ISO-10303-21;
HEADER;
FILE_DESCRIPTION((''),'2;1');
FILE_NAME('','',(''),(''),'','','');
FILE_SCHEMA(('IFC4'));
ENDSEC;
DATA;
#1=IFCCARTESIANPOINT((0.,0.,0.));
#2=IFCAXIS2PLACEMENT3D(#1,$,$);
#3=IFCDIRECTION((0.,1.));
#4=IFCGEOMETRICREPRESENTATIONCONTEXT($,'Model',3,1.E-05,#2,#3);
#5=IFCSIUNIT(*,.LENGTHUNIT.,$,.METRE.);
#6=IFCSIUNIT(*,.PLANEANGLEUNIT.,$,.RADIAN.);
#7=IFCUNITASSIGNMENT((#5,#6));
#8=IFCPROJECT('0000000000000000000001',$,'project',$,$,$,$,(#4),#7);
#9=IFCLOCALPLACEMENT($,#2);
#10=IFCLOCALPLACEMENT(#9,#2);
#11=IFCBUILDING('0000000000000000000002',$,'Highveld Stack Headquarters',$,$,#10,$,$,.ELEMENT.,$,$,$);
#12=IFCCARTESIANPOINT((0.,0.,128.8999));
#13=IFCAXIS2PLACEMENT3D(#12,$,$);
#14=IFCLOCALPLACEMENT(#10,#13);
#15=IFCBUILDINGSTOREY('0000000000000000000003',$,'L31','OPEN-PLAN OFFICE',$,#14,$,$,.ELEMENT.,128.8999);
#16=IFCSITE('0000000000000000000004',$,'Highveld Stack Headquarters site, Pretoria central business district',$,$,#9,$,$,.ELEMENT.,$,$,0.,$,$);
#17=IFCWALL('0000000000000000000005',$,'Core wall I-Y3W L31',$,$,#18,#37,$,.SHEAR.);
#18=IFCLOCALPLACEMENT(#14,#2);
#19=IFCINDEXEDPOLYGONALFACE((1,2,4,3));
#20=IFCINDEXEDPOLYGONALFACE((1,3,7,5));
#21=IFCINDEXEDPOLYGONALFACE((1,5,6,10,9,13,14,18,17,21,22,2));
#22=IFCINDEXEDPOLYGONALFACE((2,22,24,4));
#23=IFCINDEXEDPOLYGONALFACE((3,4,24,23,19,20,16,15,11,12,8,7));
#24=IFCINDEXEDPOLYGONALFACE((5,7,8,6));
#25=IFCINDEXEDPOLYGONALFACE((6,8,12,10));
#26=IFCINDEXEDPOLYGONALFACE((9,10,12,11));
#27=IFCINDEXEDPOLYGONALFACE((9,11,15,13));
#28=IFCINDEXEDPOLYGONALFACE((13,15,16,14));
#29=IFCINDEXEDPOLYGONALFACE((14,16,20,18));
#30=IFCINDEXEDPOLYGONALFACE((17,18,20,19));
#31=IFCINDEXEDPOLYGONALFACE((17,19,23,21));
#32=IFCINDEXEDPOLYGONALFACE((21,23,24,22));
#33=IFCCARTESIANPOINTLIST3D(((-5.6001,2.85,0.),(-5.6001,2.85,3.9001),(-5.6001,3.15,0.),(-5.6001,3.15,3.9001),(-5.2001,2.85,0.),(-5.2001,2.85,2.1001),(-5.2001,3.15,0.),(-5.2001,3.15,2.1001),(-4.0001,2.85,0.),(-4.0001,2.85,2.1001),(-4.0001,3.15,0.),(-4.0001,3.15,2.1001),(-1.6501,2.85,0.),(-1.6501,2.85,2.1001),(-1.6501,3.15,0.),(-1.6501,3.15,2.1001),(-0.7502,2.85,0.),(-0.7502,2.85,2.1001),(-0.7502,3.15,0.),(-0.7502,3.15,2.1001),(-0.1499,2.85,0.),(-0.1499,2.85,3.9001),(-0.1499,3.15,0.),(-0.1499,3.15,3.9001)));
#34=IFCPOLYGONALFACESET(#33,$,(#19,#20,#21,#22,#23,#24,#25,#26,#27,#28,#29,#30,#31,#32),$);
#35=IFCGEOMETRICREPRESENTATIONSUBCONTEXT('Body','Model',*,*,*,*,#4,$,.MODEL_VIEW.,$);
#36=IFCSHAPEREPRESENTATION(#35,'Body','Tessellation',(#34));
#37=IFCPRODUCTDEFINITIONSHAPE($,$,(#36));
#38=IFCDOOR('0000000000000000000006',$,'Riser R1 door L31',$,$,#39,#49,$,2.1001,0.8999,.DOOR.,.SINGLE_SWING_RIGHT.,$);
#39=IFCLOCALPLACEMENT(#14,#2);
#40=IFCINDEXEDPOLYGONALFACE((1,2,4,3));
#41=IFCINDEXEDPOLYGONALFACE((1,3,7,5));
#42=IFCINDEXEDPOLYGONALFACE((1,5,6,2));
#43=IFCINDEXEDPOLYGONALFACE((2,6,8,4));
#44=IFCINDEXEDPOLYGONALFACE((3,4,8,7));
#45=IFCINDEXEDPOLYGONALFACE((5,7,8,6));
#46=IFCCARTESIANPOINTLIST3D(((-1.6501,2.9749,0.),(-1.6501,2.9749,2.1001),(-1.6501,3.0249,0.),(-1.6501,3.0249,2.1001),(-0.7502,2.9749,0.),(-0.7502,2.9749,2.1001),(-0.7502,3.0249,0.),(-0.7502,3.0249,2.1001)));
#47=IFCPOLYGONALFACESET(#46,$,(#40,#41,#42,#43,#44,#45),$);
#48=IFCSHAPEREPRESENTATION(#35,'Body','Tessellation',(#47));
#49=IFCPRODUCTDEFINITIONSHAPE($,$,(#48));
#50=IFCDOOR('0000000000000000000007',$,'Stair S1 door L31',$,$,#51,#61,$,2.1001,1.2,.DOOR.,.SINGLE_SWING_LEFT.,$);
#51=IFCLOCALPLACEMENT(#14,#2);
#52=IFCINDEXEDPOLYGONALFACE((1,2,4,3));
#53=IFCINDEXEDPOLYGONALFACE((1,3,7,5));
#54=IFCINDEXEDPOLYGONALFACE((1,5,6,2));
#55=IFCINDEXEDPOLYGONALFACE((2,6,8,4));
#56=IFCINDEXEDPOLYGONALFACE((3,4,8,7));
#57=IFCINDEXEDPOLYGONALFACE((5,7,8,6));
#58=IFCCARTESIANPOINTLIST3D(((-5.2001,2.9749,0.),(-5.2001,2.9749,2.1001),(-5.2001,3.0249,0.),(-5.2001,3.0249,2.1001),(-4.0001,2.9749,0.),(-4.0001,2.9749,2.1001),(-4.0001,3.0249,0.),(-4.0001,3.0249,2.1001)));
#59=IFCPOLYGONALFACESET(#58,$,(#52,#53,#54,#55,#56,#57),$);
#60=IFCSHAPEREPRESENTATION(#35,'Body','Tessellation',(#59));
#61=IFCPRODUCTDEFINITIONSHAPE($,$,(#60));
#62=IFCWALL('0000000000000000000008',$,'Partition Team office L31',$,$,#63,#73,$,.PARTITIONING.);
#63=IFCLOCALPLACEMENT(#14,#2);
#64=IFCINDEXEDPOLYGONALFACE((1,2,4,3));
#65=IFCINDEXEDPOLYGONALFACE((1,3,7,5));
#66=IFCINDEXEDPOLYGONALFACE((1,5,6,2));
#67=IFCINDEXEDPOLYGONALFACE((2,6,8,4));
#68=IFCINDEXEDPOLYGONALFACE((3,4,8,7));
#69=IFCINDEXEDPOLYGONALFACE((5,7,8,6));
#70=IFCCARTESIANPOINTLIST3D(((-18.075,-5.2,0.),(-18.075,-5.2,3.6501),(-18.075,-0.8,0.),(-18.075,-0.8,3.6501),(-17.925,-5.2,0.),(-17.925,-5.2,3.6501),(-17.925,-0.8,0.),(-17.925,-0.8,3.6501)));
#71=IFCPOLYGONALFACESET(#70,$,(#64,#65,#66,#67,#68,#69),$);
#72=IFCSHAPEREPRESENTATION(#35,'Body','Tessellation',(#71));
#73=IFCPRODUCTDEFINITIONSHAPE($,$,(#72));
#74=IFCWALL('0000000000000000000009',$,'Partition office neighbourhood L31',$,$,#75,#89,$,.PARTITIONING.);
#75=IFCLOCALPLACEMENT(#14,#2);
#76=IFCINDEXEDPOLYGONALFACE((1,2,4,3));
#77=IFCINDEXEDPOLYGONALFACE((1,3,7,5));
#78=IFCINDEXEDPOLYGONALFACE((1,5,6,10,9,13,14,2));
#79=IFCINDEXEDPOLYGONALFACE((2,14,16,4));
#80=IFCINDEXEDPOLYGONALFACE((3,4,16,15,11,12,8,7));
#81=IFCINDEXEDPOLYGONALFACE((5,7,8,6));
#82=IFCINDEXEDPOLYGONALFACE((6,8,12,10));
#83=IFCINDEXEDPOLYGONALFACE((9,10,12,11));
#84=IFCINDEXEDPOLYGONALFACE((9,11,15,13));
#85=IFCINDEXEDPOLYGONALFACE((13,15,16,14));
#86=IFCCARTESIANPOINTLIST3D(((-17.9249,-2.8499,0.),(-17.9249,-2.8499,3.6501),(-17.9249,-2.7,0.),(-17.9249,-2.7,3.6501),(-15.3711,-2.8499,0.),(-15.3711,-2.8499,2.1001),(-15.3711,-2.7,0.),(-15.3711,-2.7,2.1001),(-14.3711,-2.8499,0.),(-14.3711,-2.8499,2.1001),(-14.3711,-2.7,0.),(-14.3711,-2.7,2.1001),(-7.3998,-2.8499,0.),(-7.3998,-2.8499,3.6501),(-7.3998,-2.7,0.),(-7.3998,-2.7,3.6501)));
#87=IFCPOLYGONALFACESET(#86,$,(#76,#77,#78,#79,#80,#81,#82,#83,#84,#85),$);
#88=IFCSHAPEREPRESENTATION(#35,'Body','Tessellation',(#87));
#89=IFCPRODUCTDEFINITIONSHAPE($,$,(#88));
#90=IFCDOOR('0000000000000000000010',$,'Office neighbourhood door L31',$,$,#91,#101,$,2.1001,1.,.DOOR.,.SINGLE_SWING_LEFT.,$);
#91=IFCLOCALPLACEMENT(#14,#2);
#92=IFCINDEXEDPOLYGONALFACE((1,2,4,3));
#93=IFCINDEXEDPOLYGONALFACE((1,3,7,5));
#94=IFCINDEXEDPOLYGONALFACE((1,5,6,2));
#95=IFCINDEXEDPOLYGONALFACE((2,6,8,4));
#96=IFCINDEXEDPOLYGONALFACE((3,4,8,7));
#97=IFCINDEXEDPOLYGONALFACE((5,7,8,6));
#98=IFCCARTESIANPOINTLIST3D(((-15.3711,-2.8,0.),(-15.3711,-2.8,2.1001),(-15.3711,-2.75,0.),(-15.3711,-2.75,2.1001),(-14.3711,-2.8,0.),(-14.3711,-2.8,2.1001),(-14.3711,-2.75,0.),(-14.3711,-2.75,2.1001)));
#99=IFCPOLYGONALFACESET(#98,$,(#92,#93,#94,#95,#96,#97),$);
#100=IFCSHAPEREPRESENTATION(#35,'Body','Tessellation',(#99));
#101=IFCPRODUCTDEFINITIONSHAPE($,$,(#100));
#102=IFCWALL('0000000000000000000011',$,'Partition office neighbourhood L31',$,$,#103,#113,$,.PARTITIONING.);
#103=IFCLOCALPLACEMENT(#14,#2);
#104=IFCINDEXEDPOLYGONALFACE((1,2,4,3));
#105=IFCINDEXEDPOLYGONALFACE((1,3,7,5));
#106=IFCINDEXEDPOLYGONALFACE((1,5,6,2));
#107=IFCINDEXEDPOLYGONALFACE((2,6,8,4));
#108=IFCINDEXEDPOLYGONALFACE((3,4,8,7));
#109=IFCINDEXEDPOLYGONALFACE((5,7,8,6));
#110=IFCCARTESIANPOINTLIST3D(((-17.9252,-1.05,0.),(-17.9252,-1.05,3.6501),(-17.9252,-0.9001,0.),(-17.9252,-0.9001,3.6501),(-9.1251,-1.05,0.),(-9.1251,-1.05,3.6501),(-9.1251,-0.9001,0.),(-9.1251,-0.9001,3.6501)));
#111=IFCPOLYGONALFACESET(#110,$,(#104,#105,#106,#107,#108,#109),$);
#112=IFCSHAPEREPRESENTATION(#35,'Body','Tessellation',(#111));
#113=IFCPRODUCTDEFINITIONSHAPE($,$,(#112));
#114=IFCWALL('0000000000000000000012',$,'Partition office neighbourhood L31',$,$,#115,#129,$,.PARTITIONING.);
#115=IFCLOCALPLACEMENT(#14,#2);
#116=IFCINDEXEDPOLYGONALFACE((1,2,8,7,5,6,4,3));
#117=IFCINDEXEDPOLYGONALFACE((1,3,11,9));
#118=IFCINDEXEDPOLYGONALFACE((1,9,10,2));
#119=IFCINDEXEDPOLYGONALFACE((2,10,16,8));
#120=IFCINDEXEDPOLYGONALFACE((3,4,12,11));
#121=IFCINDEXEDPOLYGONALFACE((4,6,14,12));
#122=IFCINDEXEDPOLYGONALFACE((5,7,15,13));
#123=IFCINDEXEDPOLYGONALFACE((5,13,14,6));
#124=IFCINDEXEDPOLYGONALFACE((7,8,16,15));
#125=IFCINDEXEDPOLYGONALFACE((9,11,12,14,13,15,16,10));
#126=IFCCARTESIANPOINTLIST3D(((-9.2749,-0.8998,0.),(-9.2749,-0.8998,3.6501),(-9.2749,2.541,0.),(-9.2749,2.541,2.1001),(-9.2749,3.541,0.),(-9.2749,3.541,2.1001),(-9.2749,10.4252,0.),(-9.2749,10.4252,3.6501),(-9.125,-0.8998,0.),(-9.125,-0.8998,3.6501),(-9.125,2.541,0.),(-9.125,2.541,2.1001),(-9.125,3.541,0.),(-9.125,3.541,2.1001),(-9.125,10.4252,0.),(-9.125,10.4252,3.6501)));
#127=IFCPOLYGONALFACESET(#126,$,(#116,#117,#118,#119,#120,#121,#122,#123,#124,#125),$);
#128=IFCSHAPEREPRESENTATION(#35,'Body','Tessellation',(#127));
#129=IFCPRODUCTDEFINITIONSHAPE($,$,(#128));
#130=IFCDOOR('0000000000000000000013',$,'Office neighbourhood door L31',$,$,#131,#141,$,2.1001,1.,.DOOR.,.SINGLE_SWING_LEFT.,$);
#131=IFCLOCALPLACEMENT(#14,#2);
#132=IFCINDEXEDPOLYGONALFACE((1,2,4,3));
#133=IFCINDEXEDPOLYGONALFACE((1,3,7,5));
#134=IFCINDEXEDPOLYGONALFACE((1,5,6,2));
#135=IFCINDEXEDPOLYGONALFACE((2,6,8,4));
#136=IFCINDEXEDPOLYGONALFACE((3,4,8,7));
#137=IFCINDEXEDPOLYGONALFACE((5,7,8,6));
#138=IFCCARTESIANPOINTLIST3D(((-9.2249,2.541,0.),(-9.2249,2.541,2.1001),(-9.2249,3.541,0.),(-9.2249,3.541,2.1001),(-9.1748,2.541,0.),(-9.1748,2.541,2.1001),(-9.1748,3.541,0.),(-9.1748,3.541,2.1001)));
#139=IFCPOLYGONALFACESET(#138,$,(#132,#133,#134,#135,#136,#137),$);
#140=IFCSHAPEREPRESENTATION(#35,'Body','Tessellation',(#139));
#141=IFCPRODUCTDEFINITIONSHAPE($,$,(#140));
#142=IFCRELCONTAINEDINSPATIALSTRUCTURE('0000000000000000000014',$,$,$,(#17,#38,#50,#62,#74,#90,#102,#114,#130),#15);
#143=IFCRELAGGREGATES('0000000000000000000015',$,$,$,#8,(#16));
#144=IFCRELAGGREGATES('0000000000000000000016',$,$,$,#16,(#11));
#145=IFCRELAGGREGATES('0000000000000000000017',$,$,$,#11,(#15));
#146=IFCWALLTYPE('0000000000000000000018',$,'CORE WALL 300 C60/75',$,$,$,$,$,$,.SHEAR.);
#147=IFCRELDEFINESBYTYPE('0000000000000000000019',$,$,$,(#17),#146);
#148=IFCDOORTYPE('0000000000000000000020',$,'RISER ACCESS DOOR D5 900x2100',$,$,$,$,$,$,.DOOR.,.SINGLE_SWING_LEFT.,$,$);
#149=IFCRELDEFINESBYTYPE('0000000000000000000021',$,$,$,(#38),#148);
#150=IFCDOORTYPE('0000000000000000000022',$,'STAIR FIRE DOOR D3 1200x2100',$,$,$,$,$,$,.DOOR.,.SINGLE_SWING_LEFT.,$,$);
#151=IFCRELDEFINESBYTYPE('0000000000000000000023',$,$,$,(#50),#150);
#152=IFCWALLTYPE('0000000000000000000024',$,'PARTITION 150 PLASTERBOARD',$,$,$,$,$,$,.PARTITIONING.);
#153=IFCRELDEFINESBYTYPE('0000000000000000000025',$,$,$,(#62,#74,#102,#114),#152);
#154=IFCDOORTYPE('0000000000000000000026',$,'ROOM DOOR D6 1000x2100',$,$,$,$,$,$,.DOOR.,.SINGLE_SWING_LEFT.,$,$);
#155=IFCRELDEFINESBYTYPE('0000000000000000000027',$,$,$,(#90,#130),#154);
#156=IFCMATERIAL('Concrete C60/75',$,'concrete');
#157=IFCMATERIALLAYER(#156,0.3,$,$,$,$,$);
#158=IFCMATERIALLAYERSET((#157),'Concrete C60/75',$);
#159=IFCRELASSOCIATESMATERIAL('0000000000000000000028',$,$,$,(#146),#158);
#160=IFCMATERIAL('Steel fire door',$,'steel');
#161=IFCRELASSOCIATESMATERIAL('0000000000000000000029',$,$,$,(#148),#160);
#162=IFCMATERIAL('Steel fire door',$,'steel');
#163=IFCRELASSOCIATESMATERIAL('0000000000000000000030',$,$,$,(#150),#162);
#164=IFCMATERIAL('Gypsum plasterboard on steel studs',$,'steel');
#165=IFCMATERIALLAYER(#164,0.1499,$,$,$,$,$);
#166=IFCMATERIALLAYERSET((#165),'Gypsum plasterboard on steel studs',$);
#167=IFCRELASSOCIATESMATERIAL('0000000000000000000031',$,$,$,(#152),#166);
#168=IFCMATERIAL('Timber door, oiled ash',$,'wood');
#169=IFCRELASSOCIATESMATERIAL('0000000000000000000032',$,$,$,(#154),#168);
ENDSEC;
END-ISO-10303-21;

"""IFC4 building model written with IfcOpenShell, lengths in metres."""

from ifc_helpers import new_model, si_unit, direction, frame, frame_2d, origin, place, context, subcontext, project, spatial, rectangle, extrude, material, layer, layer_set, type_object, element, fill, save


model = new_model("IFC4")

# Units and contexts
model_context = context("Model", 3, precision=1e-05, world=origin(), true_north=direction((0.0, 1.0)))
body_context = subcontext(model_context, "Body", "Model", "MODEL_VIEW")
ifc_project = project(units=[si_unit("LENGTHUNIT", "METRE"), si_unit("PLANEANGLEUNIT", "RADIAN")], contexts=[model_context])

# Site, building, storey
site_placement = place(None, origin())
site = spatial("IfcSite", under=ifc_project, at=site_placement, Name="Highveld Stack Headquarters site, Pretoria central business district", CompositionType="ELEMENT", RefElevation=0.0)
building_placement = place(site_placement, origin())
building = spatial("IfcBuilding", under=site, at=building_placement, Name="Highveld Stack Headquarters", CompositionType="ELEMENT")
storey_placement = place(building_placement, frame((0.0, 0.0, 128.8999)))
storey = spatial("IfcBuildingStorey", under=building, at=storey_placement, Name="L31", Description="OPEN-PLAN OFFICE", CompositionType="ELEMENT", Elevation=128.8999)

# Wall, openings, doors
ifc_material_1 = material(Name="Concrete C60/75", Category="concrete")
ifc_layer_1 = layer(ifc_material_1, 0.3)
ifc_layer_set_1 = layer_set([ifc_layer_1], Name="Concrete C60/75")
wall_type_1 = type_object("IfcWallType", Name="CORE WALL 300 C60/75", PredefinedType="SHEAR", material=ifc_layer_set_1)
wall_1_placement = place(storey_placement, frame((-5.6001, 3.0, 0.0), z_axis=(0.0, 0.0, 1.0), x_axis=(1.0, 0.0, 0.0)))
wall_1 = element("IfcWall", 1, at=wall_1_placement, inside=storey, type_object=wall_type_1, Name="Core wall I-Y3W L31", PredefinedType="SHEAR", context=body_context, shape_type="SweptSolid", body=[
    extrude(rectangle(XDim=5.4502, YDim=0.3, at=frame_2d((2.7251, 0.0))), origin(), (0.0, 0.0, 1.0), 3.9001),
])
opening_1_placement = place(wall_1_placement, frame((0.3999, 0.0, 0.0)))
opening_1 = element("IfcOpeningElement", 2, at=opening_1_placement, cuts=wall_1, PredefinedType="OPENING", context=body_context, shape_type="SweptSolid", body=[
    extrude(rectangle(XDim=1.2, YDim=2.1001, at=frame_2d((0.6001, 1.05))), frame((0.0, 0.1599, 0.0), z_axis=(0.0, -1.0, 0.0), x_axis=(1.0, 0.0, 0.0)), (0.0, 0.0, 1.0), 0.3201),
])
opening_2_placement = place(wall_1_placement, frame((3.95, 0.0, 0.0)))
opening_2 = element("IfcOpeningElement", 3, at=opening_2_placement, cuts=wall_1, PredefinedType="OPENING", context=body_context, shape_type="SweptSolid", body=[
    extrude(rectangle(XDim=0.8999, YDim=2.1001, at=frame_2d((0.45, 1.05))), frame((0.0, 0.1599, 0.0), z_axis=(0.0, -1.0, 0.0), x_axis=(1.0, 0.0, 0.0)), (0.0, 0.0, 1.0), 0.3201),
])
ifc_material_2 = material(Name="Steel fire door", Category="steel")
door_type_1 = type_object("IfcDoorType", Name="RISER ACCESS DOOR D5 900x2100", OperationType="SINGLE_SWING_LEFT", PredefinedType="DOOR", material=ifc_material_2)
door_1_placement = place(opening_2_placement, origin())
door_1 = element("IfcDoor", 4, at=door_1_placement, inside=storey, type_object=door_type_1, Name="Riser R1 door L31", OperationType="SINGLE_SWING_RIGHT", OverallHeight=2.1001, OverallWidth=0.8999, PredefinedType="DOOR", context=body_context, shape_type="SweptSolid", body=[
    extrude(rectangle(XDim=0.8999, YDim=2.1001, at=frame_2d((0.45, 1.05))), frame((0.0, 0.0249, 0.0), z_axis=(0.0, -1.0, 0.0), x_axis=(1.0, 0.0, 0.0)), (0.0, 0.0, 1.0), 0.05),
])
fill(opening_2, door_1)
ifc_material_3 = material(Name="Steel fire door", Category="steel")
door_type_2 = type_object("IfcDoorType", Name="STAIR FIRE DOOR D3 1200x2100", OperationType="SINGLE_SWING_LEFT", PredefinedType="DOOR", material=ifc_material_3)
door_2_placement = place(opening_1_placement, origin())
door_2 = element("IfcDoor", 5, at=door_2_placement, inside=storey, type_object=door_type_2, Name="Stair S1 door L31", OperationType="SINGLE_SWING_LEFT", OverallHeight=2.1001, OverallWidth=1.2, PredefinedType="DOOR", context=body_context, shape_type="SweptSolid", body=[
    extrude(rectangle(XDim=1.2, YDim=2.1001, at=frame_2d((0.6001, 1.05))), frame((0.0, 0.0249, 0.0), z_axis=(0.0, -1.0, 0.0), x_axis=(1.0, 0.0, 0.0)), (0.0, 0.0, 1.0), 0.05),
])
fill(opening_1, door_2)

# Wall
ifc_material_4 = material(Name="Gypsum plasterboard on steel studs", Category="steel")
ifc_layer_2 = layer(ifc_material_4, 0.1499)
ifc_layer_set_2 = layer_set([ifc_layer_2], Name="Gypsum plasterboard on steel studs")
wall_type_2 = type_object("IfcWallType", Name="PARTITION 150 PLASTERBOARD", PredefinedType="PARTITIONING", material=ifc_layer_set_2)
wall_2_placement = place(storey_placement, frame((-18.0, -5.2, 0.0), z_axis=(0.0, 0.0, 1.0), x_axis=(0.0, 1.0, 0.0)))
element("IfcWall", 6, at=wall_2_placement, inside=storey, type_object=wall_type_2, Name="Partition Team office L31", PredefinedType="PARTITIONING", context=body_context, shape_type="SweptSolid", body=[
    extrude(rectangle(XDim=4.3999, YDim=0.1499, at=frame_2d((2.2, 0.0))), origin(), (0.0, 0.0, 1.0), 3.6501),
])

# Wall, opening, door
wall_3_placement = place(storey_placement, frame((-17.925, -2.7749, 0.0), z_axis=(0.0, 0.0, 1.0), x_axis=(1.0, 0.0, 0.0)))
wall_3 = element("IfcWall", 7, at=wall_3_placement, inside=storey, type_object=wall_type_2, Name="Partition office neighbourhood L31", PredefinedType="PARTITIONING", context=body_context, shape_type="SweptSolid", body=[
    extrude(rectangle(XDim=10.5251, YDim=0.1499, at=frame_2d((5.2627, 0.0))), origin(), (0.0, 0.0, 1.0), 3.6501),
])
opening_3_placement = place(wall_3_placement, frame((2.554, 0.0, 0.0)))
opening_3 = element("IfcOpeningElement", 8, at=opening_3_placement, cuts=wall_3, PredefinedType="OPENING", context=body_context, shape_type="SweptSolid", body=[
    extrude(rectangle(XDim=1.0, YDim=2.1001, at=frame_2d((0.5, 1.05))), frame((0.0, 0.085, 0.0), z_axis=(0.0, -1.0, 0.0), x_axis=(1.0, 0.0, 0.0)), (0.0, 0.0, 1.0), 0.1699),
])
ifc_material_5 = material(Name="Timber door, oiled ash", Category="wood")
door_type_3 = type_object("IfcDoorType", Name="ROOM DOOR D6 1000x2100", OperationType="SINGLE_SWING_LEFT", PredefinedType="DOOR", material=ifc_material_5)
door_3_placement = place(opening_3_placement, origin())
door_3 = element("IfcDoor", 9, at=door_3_placement, inside=storey, type_object=door_type_3, Name="Office neighbourhood door L31", OperationType="SINGLE_SWING_LEFT", OverallHeight=2.1001, OverallWidth=1.0, PredefinedType="DOOR", context=body_context, shape_type="SweptSolid", body=[
    extrude(rectangle(XDim=1.0, YDim=2.1001, at=frame_2d((0.5, 1.05))), frame((0.0, 0.0249, 0.0), z_axis=(0.0, -1.0, 0.0), x_axis=(1.0, 0.0, 0.0)), (0.0, 0.0, 1.0), 0.05),
])
fill(opening_3, door_3)

# Wall
wall_4_placement = place(storey_placement, frame((-17.925, -0.9751, 0.0), z_axis=(0.0, 0.0, 1.0), x_axis=(1.0, 0.0, 0.0)))
element("IfcWall", 10, at=wall_4_placement, inside=storey, type_object=wall_type_2, Name="Partition office neighbourhood L31", PredefinedType="PARTITIONING", context=body_context, shape_type="SweptSolid", body=[
    extrude(rectangle(XDim=8.8, YDim=0.1499, at=frame_2d((4.3999, 0.0))), origin(), (0.0, 0.0, 1.0), 3.6501),
])

# Wall, opening, door
wall_5_placement = place(storey_placement, frame((-9.2, -0.8999, 0.0), z_axis=(0.0, 0.0, 1.0), x_axis=(0.0, 1.0, 0.0)))
wall_5 = element("IfcWall", 11, at=wall_5_placement, inside=storey, type_object=wall_type_2, Name="Partition office neighbourhood L31", PredefinedType="PARTITIONING", context=body_context, shape_type="SweptSolid", body=[
    extrude(rectangle(XDim=11.325, YDim=0.1499, at=frame_2d((5.6626, 0.0))), origin(), (0.0, 0.0, 1.0), 3.6501),
])
opening_4_placement = place(wall_5_placement, frame((3.4409, 0.0, 0.0)))
opening_4 = element("IfcOpeningElement", 12, at=opening_4_placement, cuts=wall_5, PredefinedType="OPENING", context=body_context, shape_type="SweptSolid", body=[
    extrude(rectangle(XDim=1.0, YDim=2.1001, at=frame_2d((0.5, 1.05))), frame((0.0, 0.085, 0.0), z_axis=(0.0, -1.0, 0.0), x_axis=(1.0, 0.0, 0.0)), (0.0, 0.0, 1.0), 0.1699),
])
door_4_placement = place(opening_4_placement, origin())
door_4 = element("IfcDoor", 13, at=door_4_placement, inside=storey, type_object=door_type_3, Name="Office neighbourhood door L31", OperationType="SINGLE_SWING_LEFT", OverallHeight=2.1001, OverallWidth=1.0, PredefinedType="DOOR", context=body_context, shape_type="SweptSolid", body=[
    extrude(rectangle(XDim=1.0, YDim=2.1001, at=frame_2d((0.5, 1.05))), frame((0.0, 0.0249, 0.0), z_axis=(0.0, -1.0, 0.0), x_axis=(1.0, 0.0, 0.0)), (0.0, 0.0, 1.0), 0.05),
])
fill(opening_4, door_4)

save(model, "model.ifc")
